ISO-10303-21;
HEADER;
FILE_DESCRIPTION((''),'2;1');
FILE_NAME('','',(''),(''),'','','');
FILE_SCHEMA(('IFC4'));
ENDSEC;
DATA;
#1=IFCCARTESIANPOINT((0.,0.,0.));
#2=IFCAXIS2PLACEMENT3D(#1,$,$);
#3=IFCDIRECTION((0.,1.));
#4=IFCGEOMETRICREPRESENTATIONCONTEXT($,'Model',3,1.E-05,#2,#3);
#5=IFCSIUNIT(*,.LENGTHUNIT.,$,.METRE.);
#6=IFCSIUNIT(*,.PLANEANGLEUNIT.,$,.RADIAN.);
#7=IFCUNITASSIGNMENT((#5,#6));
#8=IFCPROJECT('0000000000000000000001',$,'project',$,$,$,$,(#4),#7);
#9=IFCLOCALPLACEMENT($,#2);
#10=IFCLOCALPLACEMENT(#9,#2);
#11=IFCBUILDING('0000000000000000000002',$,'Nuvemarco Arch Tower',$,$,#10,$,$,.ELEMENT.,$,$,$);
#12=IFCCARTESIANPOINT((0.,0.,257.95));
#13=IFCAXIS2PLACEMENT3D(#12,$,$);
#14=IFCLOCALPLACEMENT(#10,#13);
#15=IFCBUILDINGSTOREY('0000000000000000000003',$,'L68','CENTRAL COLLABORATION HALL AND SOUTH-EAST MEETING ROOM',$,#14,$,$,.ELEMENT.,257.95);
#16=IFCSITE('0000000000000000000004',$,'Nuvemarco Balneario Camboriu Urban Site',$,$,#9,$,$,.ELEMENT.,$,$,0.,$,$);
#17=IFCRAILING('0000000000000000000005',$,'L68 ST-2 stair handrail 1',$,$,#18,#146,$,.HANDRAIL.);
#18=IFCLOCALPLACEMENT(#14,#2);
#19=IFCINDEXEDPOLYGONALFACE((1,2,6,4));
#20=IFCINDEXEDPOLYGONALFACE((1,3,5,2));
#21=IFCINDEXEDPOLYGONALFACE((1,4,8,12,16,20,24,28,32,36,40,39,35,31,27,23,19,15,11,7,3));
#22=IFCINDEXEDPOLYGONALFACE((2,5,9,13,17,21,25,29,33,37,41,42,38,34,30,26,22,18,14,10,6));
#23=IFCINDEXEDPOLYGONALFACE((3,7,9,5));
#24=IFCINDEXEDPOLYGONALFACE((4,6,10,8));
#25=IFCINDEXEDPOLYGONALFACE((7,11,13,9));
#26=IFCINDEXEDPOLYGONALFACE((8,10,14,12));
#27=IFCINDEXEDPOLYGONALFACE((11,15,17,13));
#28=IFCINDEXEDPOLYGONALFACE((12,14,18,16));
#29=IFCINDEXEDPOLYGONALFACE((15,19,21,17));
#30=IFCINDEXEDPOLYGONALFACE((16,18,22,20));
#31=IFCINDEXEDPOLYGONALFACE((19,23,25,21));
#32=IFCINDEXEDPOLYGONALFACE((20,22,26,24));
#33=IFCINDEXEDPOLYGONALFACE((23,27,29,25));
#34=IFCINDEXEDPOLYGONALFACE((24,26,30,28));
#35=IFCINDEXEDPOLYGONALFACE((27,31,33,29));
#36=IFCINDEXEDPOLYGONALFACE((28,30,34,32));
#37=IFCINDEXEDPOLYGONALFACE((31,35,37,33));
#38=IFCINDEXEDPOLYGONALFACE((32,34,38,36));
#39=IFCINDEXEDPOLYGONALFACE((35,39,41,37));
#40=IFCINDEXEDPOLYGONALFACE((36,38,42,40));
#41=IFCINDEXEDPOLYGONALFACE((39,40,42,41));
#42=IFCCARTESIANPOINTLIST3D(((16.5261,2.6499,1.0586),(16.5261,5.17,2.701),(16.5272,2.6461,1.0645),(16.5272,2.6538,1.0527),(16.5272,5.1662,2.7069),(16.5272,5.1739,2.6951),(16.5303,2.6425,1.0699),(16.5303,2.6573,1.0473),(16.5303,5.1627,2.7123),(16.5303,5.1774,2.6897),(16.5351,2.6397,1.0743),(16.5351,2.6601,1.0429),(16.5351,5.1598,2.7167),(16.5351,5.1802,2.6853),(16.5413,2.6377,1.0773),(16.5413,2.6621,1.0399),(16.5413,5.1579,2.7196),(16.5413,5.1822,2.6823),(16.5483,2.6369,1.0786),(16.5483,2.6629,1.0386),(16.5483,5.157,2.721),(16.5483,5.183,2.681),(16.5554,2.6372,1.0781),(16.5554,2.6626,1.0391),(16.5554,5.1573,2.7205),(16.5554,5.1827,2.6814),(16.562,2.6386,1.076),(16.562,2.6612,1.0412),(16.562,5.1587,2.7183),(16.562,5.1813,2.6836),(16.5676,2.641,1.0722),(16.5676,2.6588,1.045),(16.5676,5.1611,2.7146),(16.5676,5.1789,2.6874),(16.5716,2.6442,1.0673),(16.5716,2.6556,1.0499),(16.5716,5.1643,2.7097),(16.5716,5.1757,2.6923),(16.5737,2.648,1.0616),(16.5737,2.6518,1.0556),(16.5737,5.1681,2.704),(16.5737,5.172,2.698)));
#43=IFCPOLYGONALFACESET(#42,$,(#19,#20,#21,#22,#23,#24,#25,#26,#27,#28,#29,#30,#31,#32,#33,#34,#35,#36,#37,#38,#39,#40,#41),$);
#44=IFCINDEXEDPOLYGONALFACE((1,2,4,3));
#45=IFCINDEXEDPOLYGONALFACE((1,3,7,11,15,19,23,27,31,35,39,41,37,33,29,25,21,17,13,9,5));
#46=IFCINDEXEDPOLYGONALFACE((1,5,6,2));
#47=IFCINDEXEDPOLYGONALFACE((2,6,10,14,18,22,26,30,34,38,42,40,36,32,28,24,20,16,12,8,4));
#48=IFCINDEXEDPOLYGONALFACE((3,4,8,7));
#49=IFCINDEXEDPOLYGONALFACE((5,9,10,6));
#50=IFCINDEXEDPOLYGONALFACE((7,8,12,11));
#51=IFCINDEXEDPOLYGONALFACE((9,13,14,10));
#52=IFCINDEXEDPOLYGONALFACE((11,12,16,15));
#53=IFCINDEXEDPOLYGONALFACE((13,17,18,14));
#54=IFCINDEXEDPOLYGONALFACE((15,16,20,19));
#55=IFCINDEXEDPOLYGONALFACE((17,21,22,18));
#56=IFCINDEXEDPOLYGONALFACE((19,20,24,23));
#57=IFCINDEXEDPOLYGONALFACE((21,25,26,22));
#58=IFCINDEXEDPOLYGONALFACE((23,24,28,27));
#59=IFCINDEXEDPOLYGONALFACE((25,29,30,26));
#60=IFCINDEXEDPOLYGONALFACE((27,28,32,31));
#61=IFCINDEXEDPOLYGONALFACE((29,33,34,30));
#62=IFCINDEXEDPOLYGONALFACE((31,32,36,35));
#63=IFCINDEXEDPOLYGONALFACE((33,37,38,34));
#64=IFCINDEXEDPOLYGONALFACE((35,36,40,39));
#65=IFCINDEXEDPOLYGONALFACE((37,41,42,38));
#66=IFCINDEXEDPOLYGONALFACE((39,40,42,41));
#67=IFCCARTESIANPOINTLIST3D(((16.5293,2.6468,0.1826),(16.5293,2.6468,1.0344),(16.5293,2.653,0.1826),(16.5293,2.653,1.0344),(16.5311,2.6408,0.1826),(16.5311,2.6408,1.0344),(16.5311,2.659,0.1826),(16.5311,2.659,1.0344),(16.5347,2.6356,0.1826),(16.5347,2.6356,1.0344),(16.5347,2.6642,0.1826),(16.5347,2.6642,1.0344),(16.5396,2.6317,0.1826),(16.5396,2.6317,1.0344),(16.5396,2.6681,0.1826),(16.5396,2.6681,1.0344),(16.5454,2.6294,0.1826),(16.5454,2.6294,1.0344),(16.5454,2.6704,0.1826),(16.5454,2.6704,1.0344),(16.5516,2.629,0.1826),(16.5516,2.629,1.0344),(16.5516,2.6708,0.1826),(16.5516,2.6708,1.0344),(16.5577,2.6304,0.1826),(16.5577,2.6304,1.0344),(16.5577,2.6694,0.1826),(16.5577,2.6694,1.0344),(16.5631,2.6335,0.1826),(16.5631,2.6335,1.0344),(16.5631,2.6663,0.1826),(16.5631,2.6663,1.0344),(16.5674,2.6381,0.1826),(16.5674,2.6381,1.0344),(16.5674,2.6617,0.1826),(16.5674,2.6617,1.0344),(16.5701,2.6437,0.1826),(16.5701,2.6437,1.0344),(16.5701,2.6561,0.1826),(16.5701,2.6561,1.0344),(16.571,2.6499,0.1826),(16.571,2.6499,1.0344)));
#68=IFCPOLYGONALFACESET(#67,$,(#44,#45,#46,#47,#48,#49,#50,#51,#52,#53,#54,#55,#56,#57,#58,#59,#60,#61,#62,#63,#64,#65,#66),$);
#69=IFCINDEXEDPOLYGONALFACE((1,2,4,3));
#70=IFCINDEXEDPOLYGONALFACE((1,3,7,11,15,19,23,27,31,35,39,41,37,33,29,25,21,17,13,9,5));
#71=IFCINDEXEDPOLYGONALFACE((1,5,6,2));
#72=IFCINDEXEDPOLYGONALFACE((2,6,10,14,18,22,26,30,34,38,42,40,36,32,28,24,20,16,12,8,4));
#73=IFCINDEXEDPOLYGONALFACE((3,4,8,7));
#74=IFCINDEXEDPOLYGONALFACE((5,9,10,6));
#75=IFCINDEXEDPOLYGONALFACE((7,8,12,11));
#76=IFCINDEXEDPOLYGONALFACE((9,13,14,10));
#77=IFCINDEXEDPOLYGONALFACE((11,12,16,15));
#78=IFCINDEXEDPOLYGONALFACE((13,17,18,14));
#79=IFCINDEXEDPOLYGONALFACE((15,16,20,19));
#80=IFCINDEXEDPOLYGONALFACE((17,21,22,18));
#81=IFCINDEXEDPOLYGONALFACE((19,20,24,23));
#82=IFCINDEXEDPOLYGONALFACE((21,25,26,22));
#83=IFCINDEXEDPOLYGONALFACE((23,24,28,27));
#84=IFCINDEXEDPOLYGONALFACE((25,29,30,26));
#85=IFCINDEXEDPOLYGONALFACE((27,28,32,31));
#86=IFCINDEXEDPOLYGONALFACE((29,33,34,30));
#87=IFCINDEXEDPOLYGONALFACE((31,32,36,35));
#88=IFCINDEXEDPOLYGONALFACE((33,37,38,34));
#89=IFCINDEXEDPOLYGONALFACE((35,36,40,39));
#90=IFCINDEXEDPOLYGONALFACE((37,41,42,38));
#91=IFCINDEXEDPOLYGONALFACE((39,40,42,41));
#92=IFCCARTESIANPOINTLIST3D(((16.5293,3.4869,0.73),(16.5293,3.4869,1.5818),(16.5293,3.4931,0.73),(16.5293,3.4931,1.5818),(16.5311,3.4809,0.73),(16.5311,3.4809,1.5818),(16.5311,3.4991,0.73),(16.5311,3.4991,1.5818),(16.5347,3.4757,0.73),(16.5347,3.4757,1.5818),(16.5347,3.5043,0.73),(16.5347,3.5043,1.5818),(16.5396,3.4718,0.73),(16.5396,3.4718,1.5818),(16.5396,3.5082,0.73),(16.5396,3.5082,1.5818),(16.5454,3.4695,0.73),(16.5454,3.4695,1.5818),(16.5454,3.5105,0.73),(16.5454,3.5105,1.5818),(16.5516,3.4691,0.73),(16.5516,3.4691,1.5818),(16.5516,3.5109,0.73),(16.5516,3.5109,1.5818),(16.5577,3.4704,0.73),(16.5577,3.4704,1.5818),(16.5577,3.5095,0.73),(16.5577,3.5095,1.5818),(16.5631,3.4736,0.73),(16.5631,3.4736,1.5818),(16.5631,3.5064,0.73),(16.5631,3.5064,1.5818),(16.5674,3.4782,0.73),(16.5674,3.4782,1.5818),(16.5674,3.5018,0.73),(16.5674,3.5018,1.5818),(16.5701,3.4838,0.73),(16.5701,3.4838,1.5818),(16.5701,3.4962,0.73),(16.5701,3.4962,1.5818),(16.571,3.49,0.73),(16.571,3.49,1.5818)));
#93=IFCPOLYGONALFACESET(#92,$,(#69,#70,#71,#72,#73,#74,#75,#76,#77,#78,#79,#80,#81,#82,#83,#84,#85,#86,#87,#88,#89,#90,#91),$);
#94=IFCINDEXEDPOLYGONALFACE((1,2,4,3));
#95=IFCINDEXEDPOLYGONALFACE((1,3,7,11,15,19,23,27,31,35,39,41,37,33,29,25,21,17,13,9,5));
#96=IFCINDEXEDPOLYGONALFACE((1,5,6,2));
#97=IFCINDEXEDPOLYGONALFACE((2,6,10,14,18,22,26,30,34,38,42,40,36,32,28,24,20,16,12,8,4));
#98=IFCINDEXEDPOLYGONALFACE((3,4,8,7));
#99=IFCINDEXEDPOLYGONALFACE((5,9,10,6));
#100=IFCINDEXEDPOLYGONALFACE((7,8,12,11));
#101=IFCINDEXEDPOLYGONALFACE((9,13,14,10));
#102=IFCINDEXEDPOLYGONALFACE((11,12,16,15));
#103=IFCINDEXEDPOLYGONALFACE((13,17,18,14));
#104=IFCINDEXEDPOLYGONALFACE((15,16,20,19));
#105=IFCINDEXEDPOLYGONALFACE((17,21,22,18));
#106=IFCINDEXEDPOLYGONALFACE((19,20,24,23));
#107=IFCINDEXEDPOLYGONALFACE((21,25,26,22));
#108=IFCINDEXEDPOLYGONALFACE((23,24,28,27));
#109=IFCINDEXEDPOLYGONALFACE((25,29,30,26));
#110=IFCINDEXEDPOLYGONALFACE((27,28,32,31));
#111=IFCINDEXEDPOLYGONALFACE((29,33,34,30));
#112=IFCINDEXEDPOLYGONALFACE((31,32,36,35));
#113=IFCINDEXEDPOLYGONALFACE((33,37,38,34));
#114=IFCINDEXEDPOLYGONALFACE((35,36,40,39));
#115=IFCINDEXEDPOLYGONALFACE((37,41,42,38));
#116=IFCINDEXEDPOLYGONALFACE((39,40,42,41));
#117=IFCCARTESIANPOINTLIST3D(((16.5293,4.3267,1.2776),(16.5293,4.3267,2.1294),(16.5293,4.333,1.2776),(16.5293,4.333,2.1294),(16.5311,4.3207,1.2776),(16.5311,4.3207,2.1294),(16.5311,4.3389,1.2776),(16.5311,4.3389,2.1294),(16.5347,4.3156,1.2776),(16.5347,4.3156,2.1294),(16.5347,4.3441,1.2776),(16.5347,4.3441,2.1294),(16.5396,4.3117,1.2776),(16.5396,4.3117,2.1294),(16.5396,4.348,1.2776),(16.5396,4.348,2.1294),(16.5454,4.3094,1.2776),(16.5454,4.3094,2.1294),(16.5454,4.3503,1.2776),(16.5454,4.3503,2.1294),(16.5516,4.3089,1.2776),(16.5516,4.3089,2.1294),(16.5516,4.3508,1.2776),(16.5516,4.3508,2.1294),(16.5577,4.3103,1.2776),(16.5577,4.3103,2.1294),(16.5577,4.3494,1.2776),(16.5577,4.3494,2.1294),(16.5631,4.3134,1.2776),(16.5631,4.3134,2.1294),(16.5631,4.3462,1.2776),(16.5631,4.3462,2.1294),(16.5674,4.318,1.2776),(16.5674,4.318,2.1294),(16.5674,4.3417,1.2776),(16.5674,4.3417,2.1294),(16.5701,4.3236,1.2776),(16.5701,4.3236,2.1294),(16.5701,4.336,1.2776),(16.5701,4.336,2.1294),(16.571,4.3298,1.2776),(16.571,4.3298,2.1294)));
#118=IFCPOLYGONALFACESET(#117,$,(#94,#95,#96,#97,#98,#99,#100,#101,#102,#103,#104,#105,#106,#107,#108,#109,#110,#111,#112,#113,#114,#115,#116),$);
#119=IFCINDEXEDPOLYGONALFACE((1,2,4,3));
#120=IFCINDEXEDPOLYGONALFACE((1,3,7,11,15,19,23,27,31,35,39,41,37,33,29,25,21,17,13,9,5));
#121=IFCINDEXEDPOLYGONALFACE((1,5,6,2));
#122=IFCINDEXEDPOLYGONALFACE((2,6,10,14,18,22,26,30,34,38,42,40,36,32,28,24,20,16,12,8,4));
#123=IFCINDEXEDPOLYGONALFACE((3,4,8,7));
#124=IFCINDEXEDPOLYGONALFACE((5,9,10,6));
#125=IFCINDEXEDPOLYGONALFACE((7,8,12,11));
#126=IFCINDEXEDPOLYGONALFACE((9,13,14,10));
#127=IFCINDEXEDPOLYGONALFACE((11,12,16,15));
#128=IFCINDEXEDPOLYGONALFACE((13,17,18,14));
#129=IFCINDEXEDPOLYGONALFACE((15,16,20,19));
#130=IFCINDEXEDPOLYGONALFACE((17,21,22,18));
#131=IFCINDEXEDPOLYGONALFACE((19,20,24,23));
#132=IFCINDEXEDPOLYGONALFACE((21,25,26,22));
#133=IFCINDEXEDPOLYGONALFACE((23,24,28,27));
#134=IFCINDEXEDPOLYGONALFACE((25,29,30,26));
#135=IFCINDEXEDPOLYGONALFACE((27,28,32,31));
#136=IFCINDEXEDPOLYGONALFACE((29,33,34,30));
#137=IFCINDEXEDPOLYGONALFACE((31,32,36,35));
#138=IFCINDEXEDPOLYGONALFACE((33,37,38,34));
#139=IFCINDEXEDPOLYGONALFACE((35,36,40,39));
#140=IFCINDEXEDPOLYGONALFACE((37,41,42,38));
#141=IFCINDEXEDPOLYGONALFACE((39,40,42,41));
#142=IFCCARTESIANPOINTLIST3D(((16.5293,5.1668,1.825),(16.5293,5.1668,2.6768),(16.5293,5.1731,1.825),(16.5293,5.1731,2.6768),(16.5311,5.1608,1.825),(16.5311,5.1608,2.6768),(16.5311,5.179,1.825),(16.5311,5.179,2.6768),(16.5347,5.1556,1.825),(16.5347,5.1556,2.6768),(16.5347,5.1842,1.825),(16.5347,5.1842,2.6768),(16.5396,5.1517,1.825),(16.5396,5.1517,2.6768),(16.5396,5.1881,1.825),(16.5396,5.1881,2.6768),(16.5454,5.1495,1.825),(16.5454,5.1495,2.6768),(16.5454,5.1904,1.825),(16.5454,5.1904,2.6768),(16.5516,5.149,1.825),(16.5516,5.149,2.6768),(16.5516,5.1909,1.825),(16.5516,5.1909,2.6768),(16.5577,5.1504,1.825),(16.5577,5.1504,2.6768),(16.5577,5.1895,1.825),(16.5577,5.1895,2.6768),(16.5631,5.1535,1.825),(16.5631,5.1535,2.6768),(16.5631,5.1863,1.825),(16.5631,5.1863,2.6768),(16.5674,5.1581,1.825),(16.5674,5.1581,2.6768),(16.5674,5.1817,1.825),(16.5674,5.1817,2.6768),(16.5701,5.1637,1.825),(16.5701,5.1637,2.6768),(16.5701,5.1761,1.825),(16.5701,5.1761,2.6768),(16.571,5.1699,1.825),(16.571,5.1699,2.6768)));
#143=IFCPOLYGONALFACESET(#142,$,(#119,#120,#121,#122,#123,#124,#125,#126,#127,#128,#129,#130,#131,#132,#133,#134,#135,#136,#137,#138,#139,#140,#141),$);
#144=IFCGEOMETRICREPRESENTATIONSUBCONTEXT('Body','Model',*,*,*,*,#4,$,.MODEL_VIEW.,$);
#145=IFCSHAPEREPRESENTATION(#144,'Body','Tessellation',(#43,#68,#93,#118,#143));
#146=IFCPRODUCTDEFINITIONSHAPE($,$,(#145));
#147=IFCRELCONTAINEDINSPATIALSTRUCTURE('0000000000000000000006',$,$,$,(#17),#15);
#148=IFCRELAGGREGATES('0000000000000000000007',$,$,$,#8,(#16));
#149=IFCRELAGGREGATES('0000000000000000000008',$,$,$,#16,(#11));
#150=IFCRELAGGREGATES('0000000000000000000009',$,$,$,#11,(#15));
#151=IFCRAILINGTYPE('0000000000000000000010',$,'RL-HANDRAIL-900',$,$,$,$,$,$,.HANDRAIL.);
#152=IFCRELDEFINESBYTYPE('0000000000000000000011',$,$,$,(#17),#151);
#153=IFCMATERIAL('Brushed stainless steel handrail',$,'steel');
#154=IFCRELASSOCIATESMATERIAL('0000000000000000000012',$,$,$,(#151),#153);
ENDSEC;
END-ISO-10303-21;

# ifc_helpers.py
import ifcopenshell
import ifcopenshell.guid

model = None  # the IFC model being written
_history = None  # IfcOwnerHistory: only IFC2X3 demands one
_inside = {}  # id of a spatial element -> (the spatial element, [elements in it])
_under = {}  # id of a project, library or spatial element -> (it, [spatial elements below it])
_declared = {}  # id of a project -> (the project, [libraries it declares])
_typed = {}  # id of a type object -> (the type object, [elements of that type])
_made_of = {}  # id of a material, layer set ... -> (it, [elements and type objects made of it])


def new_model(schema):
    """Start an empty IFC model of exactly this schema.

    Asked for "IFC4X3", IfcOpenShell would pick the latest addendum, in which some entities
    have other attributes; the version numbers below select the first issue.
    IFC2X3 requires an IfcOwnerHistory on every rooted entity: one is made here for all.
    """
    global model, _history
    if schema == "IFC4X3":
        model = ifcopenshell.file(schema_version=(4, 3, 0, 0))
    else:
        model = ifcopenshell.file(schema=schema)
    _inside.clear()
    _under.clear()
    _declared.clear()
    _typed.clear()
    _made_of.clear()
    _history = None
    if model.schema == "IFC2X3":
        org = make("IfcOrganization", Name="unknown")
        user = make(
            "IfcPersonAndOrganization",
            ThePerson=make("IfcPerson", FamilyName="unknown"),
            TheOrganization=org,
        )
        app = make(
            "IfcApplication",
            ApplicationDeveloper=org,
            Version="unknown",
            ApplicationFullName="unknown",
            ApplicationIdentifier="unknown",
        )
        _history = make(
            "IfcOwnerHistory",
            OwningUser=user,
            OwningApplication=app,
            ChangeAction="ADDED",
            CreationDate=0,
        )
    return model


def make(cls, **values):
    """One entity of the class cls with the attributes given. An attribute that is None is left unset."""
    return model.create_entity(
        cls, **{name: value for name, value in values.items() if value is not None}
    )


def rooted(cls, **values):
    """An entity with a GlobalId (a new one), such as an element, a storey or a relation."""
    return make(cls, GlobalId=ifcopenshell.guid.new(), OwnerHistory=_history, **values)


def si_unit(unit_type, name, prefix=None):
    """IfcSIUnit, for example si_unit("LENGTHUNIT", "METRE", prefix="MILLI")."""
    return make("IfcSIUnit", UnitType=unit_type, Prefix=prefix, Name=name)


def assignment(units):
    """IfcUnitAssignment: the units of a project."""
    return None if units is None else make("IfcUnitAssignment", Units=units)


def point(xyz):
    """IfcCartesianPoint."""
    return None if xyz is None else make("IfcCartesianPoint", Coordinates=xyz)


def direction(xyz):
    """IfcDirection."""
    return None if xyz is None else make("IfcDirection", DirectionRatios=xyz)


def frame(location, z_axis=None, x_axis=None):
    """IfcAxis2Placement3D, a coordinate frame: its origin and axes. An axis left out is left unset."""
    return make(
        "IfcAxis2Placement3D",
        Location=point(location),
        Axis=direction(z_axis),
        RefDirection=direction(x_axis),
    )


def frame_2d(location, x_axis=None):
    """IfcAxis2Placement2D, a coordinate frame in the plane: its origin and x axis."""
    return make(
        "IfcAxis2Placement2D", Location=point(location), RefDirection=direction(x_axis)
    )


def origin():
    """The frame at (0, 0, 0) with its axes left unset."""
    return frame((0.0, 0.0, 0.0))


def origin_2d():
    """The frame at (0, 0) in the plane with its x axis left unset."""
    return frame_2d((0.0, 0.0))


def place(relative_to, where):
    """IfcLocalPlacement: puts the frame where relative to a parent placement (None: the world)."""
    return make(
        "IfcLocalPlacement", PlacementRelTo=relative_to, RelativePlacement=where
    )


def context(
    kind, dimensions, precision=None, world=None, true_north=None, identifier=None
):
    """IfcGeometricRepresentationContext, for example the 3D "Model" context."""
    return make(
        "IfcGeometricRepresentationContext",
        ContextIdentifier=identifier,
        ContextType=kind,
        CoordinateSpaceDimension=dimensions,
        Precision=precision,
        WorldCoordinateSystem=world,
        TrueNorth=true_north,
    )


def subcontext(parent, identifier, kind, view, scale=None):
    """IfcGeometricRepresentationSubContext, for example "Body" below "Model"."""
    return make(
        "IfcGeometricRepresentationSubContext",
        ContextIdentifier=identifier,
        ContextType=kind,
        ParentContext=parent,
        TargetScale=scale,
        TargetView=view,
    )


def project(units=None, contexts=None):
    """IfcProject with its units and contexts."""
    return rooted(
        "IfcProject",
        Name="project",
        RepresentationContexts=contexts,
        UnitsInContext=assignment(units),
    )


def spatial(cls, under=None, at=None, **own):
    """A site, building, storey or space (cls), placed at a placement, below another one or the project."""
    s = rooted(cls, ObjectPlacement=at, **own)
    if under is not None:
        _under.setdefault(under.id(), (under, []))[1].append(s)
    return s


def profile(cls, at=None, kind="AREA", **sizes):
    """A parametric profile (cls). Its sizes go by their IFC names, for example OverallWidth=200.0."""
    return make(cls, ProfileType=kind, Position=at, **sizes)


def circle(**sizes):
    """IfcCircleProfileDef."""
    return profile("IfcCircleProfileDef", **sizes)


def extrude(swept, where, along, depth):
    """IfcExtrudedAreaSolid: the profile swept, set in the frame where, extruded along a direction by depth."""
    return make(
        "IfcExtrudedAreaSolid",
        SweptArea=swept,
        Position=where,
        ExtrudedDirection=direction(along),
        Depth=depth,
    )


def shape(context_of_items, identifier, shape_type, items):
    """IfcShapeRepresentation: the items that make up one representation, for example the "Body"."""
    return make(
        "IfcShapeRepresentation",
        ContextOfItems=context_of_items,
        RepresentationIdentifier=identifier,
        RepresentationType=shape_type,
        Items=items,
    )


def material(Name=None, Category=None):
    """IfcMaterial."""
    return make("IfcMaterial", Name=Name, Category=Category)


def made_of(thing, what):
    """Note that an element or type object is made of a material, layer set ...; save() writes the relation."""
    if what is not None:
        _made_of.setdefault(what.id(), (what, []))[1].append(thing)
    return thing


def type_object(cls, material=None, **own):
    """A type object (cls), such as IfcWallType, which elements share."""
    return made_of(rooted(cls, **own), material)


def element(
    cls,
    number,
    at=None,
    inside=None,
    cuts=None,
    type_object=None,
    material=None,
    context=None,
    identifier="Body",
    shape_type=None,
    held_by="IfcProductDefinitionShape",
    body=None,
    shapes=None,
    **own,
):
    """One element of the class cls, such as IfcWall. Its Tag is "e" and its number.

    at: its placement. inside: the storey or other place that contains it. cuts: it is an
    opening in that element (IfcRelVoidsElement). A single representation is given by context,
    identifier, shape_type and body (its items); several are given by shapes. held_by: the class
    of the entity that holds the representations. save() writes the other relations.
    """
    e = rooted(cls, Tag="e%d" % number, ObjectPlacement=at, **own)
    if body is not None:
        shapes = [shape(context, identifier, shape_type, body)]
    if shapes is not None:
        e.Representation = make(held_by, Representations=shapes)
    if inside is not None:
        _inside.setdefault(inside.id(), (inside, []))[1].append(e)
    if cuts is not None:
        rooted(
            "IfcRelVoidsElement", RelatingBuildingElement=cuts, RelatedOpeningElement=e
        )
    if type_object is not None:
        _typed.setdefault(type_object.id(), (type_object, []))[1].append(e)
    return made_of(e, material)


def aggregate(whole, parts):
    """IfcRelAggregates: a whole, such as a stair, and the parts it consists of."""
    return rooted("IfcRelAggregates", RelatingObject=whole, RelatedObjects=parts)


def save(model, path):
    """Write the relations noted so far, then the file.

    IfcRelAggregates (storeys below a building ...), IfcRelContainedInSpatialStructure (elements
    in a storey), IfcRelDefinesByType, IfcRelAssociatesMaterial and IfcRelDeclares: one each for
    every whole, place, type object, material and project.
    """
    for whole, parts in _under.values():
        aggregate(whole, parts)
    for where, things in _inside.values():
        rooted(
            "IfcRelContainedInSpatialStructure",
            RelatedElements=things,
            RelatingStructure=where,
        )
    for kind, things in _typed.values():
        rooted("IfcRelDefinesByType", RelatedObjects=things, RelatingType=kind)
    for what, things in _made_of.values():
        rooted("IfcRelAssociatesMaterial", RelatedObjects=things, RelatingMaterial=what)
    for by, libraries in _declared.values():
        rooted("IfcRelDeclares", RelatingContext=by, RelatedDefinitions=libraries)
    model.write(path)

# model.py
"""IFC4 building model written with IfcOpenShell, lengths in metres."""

from ifc_helpers import new_model, si_unit, direction, frame, origin, origin_2d, place, context, subcontext, project, spatial, circle, extrude, material, type_object, element, save


model = new_model("IFC4")

# Units and contexts
model_context = context("Model", 3, precision=1e-05, world=origin(), true_north=direction((0.0, 1.0)))
body_context = subcontext(model_context, "Body", "Model", "MODEL_VIEW")
ifc_project = project(units=[si_unit("LENGTHUNIT", "METRE"), si_unit("PLANEANGLEUNIT", "RADIAN")], contexts=[model_context])

# Site, building, storey
site_placement = place(None, origin())
site = spatial("IfcSite", under=ifc_project, at=site_placement, Name="Nuvemarco Balneario Camboriu Urban Site", CompositionType="ELEMENT", RefElevation=0.0)
building_placement = place(site_placement, origin())
building = spatial("IfcBuilding", under=site, at=building_placement, Name="Nuvemarco Arch Tower", CompositionType="ELEMENT")
storey_placement = place(building_placement, frame((0.0, 0.0, 257.95)))
storey = spatial("IfcBuildingStorey", under=building, at=storey_placement, Name="L68", Description="CENTRAL COLLABORATION HALL AND SOUTH-EAST MEETING ROOM", CompositionType="ELEMENT", Elevation=257.95)

# Railing
ifc_material_1 = material(Name="Brushed stainless steel handrail", Category="steel")
railing_type_1 = type_object("IfcRailingType", Name="RL-HANDRAIL-900", PredefinedType="HANDRAIL", material=ifc_material_1)
railing_1_placement = place(storey_placement, frame((16.55, 2.6499, 0.1826)))
element("IfcRailing", 1, at=railing_1_placement, inside=storey, type_object=railing_type_1, Name="L68 ST-2 stair handrail 1", PredefinedType="HANDRAIL", context=body_context, shape_type="SweptSolid", body=[
    extrude(circle(Radius=0.0239, at=origin_2d()), frame((0.0, 0.0, 0.876), z_axis=(0.0, 0.837787, 0.545998), x_axis=(-1.0, 0.0, 0.0)), (0.0, 0.0, 1.0), 3.0081),
    extrude(circle(Radius=0.021, at=origin_2d()), origin(), (0.0, 0.0, 1.0), 0.8518),
    extrude(circle(Radius=0.021, at=origin_2d()), frame((0.0, 0.8401, 0.5474)), (0.0, 0.0, 1.0), 0.8518),
    extrude(circle(Radius=0.021, at=origin_2d()), frame((0.0, 1.6799, 1.095)), (0.0, 0.0, 1.0), 0.8518),
    extrude(circle(Radius=0.021, at=origin_2d()), frame((0.0, 2.52, 1.6423)), (0.0, 0.0, 1.0), 0.8518),
])

save(model, "model.ifc")
